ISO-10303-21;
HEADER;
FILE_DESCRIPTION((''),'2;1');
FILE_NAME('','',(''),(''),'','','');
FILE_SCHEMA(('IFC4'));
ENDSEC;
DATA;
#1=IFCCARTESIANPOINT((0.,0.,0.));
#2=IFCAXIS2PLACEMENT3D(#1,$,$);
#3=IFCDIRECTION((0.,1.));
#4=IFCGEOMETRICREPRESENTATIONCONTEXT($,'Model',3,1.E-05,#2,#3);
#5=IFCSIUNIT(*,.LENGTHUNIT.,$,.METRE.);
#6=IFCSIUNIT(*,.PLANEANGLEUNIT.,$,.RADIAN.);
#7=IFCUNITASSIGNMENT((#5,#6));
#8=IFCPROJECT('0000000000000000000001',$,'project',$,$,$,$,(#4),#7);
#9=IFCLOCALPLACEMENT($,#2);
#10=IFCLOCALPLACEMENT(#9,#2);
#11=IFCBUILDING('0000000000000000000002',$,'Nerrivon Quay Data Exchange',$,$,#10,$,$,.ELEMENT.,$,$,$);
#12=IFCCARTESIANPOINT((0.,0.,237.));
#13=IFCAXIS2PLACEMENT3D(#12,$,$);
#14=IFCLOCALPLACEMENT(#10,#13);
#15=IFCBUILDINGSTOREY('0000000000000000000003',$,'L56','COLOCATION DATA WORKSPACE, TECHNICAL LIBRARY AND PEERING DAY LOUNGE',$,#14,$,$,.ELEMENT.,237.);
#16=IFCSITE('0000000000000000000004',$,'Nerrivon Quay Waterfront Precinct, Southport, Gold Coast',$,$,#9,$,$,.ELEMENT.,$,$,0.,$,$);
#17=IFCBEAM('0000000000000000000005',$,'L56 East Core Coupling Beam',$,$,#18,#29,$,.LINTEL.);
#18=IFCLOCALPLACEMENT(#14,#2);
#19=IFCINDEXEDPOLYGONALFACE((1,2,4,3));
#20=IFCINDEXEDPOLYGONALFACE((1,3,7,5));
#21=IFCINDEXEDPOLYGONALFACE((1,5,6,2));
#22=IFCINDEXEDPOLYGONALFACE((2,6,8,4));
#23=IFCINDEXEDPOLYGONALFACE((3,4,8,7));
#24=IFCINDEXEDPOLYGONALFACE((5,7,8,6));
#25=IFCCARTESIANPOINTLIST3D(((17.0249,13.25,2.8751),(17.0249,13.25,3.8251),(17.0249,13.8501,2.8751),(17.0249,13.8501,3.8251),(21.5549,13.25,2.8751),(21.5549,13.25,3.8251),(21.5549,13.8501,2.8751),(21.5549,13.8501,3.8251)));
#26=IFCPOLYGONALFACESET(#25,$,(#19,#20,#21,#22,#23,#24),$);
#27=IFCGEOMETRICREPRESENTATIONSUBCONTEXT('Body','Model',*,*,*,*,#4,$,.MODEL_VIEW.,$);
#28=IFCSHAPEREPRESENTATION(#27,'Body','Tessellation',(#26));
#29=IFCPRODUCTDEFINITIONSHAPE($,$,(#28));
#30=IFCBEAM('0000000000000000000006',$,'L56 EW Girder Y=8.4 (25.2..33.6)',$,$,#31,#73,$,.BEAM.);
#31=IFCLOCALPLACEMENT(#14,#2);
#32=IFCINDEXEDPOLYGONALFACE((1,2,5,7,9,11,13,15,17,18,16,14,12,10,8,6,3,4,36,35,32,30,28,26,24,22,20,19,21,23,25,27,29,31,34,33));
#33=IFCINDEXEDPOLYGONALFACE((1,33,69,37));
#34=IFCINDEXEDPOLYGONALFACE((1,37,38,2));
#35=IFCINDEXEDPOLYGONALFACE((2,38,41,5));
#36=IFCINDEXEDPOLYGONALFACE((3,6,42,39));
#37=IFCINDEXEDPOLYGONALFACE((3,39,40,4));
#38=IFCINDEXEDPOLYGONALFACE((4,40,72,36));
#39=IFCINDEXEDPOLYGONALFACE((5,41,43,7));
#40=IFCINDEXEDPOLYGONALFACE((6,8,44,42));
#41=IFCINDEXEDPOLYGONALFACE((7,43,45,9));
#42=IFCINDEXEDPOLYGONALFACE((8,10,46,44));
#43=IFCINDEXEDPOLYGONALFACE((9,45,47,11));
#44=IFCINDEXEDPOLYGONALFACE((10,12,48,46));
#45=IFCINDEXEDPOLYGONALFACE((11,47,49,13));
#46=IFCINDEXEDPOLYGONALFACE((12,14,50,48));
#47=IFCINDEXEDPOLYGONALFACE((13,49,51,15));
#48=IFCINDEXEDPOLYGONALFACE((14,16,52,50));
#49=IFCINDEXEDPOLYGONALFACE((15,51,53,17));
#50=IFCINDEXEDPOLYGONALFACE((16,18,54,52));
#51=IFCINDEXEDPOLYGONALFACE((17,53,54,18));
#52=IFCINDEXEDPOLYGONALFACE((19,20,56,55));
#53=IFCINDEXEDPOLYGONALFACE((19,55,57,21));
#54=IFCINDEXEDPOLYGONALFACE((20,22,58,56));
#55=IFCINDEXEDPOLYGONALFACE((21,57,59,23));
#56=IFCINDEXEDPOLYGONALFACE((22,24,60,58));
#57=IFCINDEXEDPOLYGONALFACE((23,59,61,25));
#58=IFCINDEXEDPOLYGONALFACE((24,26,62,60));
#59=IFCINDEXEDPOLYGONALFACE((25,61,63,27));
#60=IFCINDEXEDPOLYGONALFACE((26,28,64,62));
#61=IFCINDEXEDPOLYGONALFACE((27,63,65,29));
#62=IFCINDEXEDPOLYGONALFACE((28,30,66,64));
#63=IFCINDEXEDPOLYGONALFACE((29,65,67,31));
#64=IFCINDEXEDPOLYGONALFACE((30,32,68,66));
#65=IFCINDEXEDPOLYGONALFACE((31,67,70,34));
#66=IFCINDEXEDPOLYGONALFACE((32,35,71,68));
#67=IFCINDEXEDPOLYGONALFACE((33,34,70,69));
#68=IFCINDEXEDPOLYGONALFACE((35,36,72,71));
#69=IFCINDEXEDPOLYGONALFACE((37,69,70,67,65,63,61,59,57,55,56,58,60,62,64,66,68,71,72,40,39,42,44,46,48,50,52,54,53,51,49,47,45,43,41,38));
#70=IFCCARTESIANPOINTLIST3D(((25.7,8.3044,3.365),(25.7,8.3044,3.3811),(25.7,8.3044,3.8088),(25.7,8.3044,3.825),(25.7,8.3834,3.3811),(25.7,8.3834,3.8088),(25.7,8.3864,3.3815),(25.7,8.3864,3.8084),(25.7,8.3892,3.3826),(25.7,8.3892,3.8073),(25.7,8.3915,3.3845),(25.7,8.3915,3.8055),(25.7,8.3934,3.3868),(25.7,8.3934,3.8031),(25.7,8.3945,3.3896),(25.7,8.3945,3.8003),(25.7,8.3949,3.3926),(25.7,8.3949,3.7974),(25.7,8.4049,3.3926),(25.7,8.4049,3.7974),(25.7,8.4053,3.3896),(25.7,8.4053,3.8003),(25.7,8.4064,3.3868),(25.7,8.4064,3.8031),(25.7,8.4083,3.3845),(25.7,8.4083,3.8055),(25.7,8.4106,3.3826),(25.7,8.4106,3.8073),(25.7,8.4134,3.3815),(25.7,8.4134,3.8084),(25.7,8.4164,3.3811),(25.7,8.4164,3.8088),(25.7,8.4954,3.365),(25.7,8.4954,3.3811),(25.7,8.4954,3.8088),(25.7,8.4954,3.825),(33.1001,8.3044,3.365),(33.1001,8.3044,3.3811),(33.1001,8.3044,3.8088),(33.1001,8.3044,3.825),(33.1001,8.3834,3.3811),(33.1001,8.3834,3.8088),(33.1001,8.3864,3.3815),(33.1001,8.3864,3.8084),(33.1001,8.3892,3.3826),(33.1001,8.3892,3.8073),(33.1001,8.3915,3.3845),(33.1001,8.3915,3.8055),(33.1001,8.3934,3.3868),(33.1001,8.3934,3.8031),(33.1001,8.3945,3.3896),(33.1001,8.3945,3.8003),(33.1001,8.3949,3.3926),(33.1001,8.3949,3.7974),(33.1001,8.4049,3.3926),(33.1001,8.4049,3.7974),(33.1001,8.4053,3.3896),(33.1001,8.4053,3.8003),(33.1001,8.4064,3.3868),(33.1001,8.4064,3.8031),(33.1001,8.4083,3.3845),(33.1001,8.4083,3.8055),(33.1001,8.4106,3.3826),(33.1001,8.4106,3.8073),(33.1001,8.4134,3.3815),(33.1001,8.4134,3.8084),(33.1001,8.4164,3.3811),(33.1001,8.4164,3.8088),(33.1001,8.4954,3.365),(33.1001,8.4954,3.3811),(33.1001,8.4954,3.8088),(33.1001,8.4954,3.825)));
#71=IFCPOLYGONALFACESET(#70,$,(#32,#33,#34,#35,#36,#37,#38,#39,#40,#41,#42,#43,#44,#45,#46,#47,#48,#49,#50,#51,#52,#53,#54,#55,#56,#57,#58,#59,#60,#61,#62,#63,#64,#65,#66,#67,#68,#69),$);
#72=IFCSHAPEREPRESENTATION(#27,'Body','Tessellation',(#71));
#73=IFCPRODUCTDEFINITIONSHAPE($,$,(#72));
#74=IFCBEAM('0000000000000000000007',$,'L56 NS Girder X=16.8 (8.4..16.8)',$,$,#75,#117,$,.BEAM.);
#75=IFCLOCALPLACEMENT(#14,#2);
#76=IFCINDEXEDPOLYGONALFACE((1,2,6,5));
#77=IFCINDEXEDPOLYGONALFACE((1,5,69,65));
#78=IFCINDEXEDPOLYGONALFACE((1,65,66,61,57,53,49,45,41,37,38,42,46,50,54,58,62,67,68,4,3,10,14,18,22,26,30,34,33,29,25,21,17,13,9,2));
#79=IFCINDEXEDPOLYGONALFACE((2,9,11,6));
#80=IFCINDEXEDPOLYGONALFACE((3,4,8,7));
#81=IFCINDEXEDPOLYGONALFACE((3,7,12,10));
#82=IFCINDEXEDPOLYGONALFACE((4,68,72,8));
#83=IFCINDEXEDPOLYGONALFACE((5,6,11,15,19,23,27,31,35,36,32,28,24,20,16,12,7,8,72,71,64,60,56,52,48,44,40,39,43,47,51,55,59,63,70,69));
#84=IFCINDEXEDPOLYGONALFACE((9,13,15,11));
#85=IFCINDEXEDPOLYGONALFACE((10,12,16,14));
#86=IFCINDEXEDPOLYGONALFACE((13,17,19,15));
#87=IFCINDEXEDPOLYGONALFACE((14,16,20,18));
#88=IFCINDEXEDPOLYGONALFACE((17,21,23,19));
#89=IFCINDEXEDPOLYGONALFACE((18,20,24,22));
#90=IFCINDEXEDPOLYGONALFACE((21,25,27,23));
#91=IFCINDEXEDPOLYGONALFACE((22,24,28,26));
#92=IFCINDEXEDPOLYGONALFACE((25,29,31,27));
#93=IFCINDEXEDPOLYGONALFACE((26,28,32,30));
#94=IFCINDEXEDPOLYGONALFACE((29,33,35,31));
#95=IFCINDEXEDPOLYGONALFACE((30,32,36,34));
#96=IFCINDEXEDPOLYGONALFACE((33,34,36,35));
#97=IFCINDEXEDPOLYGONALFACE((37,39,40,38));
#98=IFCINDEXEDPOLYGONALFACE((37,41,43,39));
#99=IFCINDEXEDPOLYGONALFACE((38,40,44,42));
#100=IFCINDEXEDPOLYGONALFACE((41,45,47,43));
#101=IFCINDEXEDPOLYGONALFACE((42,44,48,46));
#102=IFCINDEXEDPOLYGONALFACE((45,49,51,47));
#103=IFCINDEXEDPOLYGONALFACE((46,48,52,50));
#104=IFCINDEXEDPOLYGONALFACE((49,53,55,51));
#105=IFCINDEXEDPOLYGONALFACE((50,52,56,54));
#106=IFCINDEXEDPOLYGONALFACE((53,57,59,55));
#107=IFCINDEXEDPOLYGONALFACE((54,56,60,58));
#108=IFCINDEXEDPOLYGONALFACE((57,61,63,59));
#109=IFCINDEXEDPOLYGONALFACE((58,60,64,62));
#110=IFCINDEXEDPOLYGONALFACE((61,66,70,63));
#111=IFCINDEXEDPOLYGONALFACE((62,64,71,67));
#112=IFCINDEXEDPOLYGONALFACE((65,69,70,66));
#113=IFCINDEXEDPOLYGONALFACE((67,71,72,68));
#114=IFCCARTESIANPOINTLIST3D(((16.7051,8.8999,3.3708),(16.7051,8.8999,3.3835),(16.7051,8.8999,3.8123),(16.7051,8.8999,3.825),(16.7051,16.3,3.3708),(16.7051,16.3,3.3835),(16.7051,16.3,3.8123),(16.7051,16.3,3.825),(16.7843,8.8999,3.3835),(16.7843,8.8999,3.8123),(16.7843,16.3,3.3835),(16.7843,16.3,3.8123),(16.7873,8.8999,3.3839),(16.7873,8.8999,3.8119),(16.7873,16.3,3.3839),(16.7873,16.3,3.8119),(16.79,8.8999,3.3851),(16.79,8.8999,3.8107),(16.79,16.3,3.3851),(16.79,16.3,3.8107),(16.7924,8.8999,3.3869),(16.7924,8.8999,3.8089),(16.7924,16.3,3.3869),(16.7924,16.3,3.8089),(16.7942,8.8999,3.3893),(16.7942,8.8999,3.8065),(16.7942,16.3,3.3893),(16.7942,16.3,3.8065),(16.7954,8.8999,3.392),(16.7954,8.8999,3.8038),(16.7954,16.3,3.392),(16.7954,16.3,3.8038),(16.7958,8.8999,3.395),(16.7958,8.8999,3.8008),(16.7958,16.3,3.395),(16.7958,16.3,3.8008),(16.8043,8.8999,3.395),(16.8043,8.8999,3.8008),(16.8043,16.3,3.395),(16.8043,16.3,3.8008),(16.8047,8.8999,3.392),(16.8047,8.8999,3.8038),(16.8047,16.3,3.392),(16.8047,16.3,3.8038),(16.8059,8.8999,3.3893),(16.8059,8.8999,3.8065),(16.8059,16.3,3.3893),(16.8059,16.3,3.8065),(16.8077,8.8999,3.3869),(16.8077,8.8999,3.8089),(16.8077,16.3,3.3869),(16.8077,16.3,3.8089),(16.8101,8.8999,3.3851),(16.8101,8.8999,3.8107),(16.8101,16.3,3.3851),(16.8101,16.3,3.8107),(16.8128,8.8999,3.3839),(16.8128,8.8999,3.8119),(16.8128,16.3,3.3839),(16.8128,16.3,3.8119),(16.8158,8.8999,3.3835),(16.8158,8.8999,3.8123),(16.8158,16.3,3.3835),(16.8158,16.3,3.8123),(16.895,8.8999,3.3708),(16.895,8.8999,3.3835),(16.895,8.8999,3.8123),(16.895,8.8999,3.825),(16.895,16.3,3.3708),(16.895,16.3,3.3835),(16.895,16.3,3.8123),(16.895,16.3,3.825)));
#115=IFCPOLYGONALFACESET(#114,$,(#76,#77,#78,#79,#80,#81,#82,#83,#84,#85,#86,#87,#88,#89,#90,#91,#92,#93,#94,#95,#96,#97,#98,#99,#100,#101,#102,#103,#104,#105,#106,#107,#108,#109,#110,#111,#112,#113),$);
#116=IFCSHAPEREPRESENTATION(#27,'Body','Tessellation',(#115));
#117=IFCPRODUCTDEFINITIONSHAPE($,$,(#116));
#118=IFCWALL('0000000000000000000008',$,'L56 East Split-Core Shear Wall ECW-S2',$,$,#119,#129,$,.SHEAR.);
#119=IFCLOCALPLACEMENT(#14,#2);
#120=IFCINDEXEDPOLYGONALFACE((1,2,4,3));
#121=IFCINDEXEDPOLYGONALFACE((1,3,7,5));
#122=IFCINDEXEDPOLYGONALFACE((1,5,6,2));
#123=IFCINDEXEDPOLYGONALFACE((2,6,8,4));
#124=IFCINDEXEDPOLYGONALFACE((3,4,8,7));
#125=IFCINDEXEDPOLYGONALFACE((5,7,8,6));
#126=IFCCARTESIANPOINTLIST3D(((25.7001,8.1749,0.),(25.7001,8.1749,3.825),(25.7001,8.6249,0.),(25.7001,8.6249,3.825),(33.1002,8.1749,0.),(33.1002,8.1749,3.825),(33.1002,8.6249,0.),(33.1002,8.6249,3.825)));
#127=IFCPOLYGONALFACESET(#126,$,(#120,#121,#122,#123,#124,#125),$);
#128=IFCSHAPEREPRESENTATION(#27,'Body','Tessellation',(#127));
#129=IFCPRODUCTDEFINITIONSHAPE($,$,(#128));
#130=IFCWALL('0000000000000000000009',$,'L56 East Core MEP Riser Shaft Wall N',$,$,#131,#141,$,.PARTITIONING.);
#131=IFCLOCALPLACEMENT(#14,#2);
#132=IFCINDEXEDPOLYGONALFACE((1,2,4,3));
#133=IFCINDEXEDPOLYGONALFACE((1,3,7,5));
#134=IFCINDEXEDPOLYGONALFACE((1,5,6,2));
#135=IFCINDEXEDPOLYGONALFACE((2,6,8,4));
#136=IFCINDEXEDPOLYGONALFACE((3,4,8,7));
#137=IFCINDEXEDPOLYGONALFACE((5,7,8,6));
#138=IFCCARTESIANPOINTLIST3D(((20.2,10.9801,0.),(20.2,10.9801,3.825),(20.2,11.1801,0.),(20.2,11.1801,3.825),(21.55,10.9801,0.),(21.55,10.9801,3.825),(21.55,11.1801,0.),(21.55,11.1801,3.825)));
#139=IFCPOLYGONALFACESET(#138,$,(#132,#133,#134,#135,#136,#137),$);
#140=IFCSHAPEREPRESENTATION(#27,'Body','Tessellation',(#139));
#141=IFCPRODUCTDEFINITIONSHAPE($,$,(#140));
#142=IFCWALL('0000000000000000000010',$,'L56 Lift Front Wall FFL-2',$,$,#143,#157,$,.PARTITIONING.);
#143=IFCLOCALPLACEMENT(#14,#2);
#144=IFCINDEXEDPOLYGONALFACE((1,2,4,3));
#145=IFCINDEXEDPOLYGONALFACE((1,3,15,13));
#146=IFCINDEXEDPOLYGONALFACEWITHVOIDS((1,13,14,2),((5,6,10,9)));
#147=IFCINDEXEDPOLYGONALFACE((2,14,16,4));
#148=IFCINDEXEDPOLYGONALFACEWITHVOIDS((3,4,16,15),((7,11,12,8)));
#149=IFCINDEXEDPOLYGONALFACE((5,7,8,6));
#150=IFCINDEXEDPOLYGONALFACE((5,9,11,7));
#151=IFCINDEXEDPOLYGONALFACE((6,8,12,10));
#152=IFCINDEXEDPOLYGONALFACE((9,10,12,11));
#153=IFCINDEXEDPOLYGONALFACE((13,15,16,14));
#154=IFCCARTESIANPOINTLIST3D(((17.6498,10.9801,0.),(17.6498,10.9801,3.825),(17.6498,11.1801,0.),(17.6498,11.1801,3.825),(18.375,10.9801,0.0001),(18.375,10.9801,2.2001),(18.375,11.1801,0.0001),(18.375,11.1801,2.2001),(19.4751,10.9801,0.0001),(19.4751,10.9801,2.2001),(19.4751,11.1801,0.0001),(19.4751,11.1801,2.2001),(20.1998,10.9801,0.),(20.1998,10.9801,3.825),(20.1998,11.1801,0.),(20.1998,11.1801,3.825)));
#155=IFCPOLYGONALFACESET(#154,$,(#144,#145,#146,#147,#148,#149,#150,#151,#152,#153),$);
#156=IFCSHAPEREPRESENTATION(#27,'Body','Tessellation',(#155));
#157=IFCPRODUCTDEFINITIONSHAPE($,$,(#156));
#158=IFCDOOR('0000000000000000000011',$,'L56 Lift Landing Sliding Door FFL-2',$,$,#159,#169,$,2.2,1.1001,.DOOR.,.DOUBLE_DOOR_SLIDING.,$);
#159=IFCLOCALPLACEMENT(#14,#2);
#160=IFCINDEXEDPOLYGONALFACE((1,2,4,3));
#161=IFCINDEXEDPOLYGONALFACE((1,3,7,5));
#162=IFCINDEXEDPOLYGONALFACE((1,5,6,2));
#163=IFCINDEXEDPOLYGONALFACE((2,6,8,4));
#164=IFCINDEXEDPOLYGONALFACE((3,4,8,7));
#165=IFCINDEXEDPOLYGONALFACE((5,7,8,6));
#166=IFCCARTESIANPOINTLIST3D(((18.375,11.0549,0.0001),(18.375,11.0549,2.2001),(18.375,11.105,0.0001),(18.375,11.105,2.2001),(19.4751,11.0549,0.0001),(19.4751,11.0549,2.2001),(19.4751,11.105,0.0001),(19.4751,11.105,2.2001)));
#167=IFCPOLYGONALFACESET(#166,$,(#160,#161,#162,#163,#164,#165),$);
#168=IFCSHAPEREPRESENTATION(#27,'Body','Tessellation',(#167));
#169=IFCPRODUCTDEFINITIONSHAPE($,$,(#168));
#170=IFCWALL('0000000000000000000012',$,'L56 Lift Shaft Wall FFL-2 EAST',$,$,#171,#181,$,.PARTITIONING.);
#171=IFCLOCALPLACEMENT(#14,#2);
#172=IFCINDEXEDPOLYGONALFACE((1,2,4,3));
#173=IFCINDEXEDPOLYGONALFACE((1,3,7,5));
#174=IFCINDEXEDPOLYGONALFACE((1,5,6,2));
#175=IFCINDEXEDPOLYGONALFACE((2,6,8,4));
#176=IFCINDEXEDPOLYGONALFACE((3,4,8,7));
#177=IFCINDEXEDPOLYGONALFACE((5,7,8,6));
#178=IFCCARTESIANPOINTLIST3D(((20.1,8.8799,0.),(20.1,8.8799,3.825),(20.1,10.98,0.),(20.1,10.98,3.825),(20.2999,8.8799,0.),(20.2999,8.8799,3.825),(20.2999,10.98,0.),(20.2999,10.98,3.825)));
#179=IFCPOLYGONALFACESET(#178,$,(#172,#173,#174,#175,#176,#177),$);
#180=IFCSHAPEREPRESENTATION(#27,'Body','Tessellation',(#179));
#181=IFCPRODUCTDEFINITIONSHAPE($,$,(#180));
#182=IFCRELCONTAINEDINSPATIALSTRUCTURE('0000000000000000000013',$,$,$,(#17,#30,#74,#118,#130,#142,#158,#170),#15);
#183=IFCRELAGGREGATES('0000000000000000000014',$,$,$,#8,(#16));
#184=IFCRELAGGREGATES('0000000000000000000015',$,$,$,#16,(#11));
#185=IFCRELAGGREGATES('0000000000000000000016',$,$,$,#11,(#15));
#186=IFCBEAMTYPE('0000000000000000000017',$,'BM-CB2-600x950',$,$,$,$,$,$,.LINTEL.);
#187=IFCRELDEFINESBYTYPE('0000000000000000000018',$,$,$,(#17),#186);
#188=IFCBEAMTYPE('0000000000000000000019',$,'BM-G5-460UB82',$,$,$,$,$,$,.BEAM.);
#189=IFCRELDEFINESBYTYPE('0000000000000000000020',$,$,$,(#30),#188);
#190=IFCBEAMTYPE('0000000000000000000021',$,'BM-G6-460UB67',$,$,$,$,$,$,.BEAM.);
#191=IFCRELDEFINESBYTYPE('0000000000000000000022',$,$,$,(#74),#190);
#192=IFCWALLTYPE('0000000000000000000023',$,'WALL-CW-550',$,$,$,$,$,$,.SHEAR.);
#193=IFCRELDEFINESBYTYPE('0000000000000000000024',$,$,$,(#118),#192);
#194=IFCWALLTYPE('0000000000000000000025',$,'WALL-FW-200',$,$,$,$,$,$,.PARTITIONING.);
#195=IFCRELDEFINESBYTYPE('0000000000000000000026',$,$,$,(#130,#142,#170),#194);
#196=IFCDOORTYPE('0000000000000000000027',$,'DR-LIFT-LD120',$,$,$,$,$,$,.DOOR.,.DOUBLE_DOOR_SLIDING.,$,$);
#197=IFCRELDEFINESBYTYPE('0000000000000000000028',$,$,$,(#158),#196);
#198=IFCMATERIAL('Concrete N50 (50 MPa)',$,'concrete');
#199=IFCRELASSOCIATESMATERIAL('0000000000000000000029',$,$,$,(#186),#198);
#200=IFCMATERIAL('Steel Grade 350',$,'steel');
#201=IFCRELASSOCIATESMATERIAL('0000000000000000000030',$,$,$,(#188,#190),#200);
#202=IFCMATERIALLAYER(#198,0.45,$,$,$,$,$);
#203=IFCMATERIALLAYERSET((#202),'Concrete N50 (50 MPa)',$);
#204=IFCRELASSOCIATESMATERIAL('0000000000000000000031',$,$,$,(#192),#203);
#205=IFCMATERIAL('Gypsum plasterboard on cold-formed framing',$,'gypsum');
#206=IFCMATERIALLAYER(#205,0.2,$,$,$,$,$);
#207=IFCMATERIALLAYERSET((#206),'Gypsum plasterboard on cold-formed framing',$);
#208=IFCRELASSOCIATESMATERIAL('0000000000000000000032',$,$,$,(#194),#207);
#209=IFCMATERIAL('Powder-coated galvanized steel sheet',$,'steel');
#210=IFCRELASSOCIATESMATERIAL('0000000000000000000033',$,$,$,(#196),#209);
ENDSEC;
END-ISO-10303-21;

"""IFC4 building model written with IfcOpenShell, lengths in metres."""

from ifc_helpers import new_model, si_unit, direction, frame, frame_2d, origin, origin_2d, place, context, subcontext, project, spatial, rectangle, i_section, extrude, material, layer, layer_set, material_profile, profile_set, type_object, element, fill, save


model = new_model("IFC4")

# Units and contexts
model_context = context("Model", 3, precision=1e-05, world=origin(), true_north=direction((0.0, 1.0)))
body_context = subcontext(model_context, "Body", "Model", "MODEL_VIEW")
ifc_project = project(units=[si_unit("LENGTHUNIT", "METRE"), si_unit("PLANEANGLEUNIT", "RADIAN")], contexts=[model_context])

# Site, building, storey
site_placement = place(None, origin())
site = spatial("IfcSite", under=ifc_project, at=site_placement, Name="Nerrivon Quay Waterfront Precinct, Southport, Gold Coast", CompositionType="ELEMENT", RefElevation=0.0)
building_placement = place(site_placement, origin())
building = spatial("IfcBuilding", under=site, at=building_placement, Name="Nerrivon Quay Data Exchange", CompositionType="ELEMENT")
storey_placement = place(building_placement, frame((0.0, 0.0, 237.0)))
storey = spatial("IfcBuildingStorey", under=building, at=storey_placement, Name="L56", Description="COLOCATION DATA WORKSPACE, TECHNICAL LIBRARY AND PEERING DAY LOUNGE", CompositionType="ELEMENT", Elevation=237.0)

# Beams
ifc_material_1 = material(Name="Concrete N50 (50 MPa)", Category="concrete")
ifc_material_profile_1 = material_profile(ifc_material_1, rectangle(XDim=0.6001, YDim=0.95, at=origin_2d()), Name="RC-CB-600x950")
ifc_profile_set_1 = profile_set([ifc_material_profile_1], Name="Concrete N50 (50 MPa)")
beam_type_1 = type_object("IfcBeamType", Name="BM-CB2-600x950", PredefinedType="LINTEL", material=ifc_profile_set_1)
beam_1_placement = place(storey_placement, frame((17.0249, 13.55, 3.3501), z_axis=(1.0, 0.0, 0.0), x_axis=(0.0, 1.0, 0.0)))
element("IfcBeam", 1, at=beam_1_placement, inside=storey, type_object=beam_type_1, Name="L56 East Core Coupling Beam", PredefinedType="LINTEL", context=body_context, shape_type="SweptSolid", body=[
    extrude(rectangle(XDim=0.6001, YDim=0.95, at=origin_2d()), origin(), (0.0, 0.0, 1.0), 4.53),
])
ifc_material_2 = material(Name="Steel Grade 350", Category="steel")
ifc_material_profile_2 = material_profile(ifc_material_2, i_section(OverallWidth=0.1909, OverallDepth=0.46, WebThickness=0.01, FlangeThickness=0.0161, FilletRadius=0.0115, at=origin_2d()), Name="460UB82.1")
ifc_profile_set_2 = profile_set([ifc_material_profile_2], Name="Steel Grade 350")
beam_type_2 = type_object("IfcBeamType", Name="BM-G5-460UB82", PredefinedType="BEAM", material=ifc_profile_set_2)
beam_2_placement = place(storey_placement, frame((25.7, 8.3999, 3.595), z_axis=(1.0, 0.0, 0.0), x_axis=(0.0, 1.0, 0.0)))
element("IfcBeam", 2, at=beam_2_placement, inside=storey, type_object=beam_type_2, Name="L56 EW Girder Y=8.4 (25.2..33.6)", PredefinedType="BEAM", context=body_context, shape_type="SweptSolid", body=[
    extrude(i_section(OverallWidth=0.1909, OverallDepth=0.46, WebThickness=0.01, FlangeThickness=0.0161, FilletRadius=0.0115, at=origin_2d()), origin(), (0.0, 0.0, 1.0), 7.4001),
])
ifc_material_profile_3 = material_profile(ifc_material_2, i_section(OverallWidth=0.1899, OverallDepth=0.4541, WebThickness=0.0085, FlangeThickness=0.0127, FilletRadius=0.0115, at=origin_2d()), Name="460UB67.1")
ifc_profile_set_3 = profile_set([ifc_material_profile_3], Name="Steel Grade 350")
beam_type_3 = type_object("IfcBeamType", Name="BM-G6-460UB67", PredefinedType="BEAM", material=ifc_profile_set_3)
beam_3_placement = place(storey_placement, frame((16.8, 8.8999, 3.5979), z_axis=(0.0, 1.0, 0.0), x_axis=(-1.0, 0.0, 0.0)))
element("IfcBeam", 3, at=beam_3_placement, inside=storey, type_object=beam_type_3, Name="L56 NS Girder X=16.8 (8.4..16.8)", PredefinedType="BEAM", context=body_context, shape_type="SweptSolid", body=[
    extrude(i_section(OverallWidth=0.1899, OverallDepth=0.4541, WebThickness=0.0085, FlangeThickness=0.0127, FilletRadius=0.0115, at=origin_2d()), origin(), (0.0, 0.0, 1.0), 7.4001),
])

# Wall
ifc_layer_1 = layer(ifc_material_1, 0.45)
ifc_layer_set_1 = layer_set([ifc_layer_1], Name="Concrete N50 (50 MPa)")
wall_type_1 = type_object("IfcWallType", Name="WALL-CW-550", PredefinedType="SHEAR", material=ifc_layer_set_1)
wall_1_placement = place(storey_placement, frame((25.7, 8.3999, 0.0), z_axis=(0.0, 0.0, 1.0), x_axis=(1.0, 0.0, 0.0)))
element("IfcWall", 4, at=wall_1_placement, inside=storey, type_object=wall_type_1, Name="L56 East Split-Core Shear Wall ECW-S2", PredefinedType="SHEAR", context=body_context, shape_type="SweptSolid", body=[
    extrude(rectangle(XDim=7.4001, YDim=0.45, at=frame_2d((3.7002, 0.0))), origin(), (0.0, 0.0, 1.0), 3.825),
])

# Shared definitions
ifc_material_3 = material(Name="Powder-coated galvanized steel sheet", Category="steel")

# Wall
ifc_material_4 = material(Name="Gypsum plasterboard on cold-formed framing", Category="gypsum")
ifc_layer_2 = layer(ifc_material_4, 0.2)
ifc_layer_set_2 = layer_set([ifc_layer_2], Name="Gypsum plasterboard on cold-formed framing")
wall_type_2 = type_object("IfcWallType", Name="WALL-FW-200", PredefinedType="PARTITIONING", material=ifc_layer_set_2)
wall_2_placement = place(storey_placement, frame((20.2, 11.0801, 0.0), z_axis=(0.0, 0.0, 1.0), x_axis=(1.0, 0.0, 0.0)))
element("IfcWall", 5, at=wall_2_placement, inside=storey, type_object=wall_type_2, Name="L56 East Core MEP Riser Shaft Wall N", PredefinedType="PARTITIONING", context=body_context, shape_type="SweptSolid", body=[
    extrude(rectangle(XDim=1.3501, YDim=0.2, at=frame_2d((0.675, 0.0))), origin(), (0.0, 0.0, 1.0), 3.825),
])

# Wall, opening, door
wall_3_placement = place(storey_placement, frame((17.6499, 11.0801, 0.0), z_axis=(0.0, 0.0, 1.0), x_axis=(1.0, 0.0, 0.0)))
wall_3 = element("IfcWall", 6, at=wall_3_placement, inside=storey, type_object=wall_type_2, Name="L56 Lift Front Wall FFL-2", PredefinedType="PARTITIONING", context=body_context, shape_type="SweptSolid", body=[
    extrude(rectangle(XDim=2.55, YDim=0.2, at=frame_2d((1.2749, 0.0))), origin(), (0.0, 0.0, 1.0), 3.825),
])
opening_1_placement = place(wall_3_placement, frame((0.7251, 0.0, 0.0)))
opening_1 = element("IfcOpeningElement", 7, at=opening_1_placement, cuts=wall_3, PredefinedType="OPENING", context=body_context, shape_type="SweptSolid", body=[
    extrude(rectangle(XDim=1.1001, YDim=2.2, at=frame_2d((0.55, 1.1001))), frame((0.0, 0.1099, 0.0), z_axis=(0.0, -1.0, 0.0), x_axis=(1.0, 0.0, 0.0)), (0.0, 0.0, 1.0), 0.22),
])
door_type_1 = type_object("IfcDoorType", Name="DR-LIFT-LD120", OperationType="DOUBLE_DOOR_SLIDING", PredefinedType="DOOR", material=ifc_material_3)
door_1_placement = place(opening_1_placement, origin())
door_1 = element("IfcDoor", 8, at=door_1_placement, inside=storey, type_object=door_type_1, Name="L56 Lift Landing Sliding Door FFL-2", OperationType="DOUBLE_DOOR_SLIDING", OverallHeight=2.2, OverallWidth=1.1001, PredefinedType="DOOR", context=body_context, shape_type="SweptSolid", body=[
    extrude(rectangle(XDim=1.1001, YDim=2.2, at=frame_2d((0.55, 1.1001))), frame((0.0, 0.0249, 0.0), z_axis=(0.0, -1.0, 0.0), x_axis=(1.0, 0.0, 0.0)), (0.0, 0.0, 1.0), 0.05),
])
fill(opening_1, door_1)

# Wall
for number, where, z_axis, x_axis, name in (
    (9, (20.2, 8.8799, 0.0), (0.0, 0.0, 1.0), (0.0, 1.0, 0.0), "L56 Lift Shaft Wall FFL-2 EAST"),
):
    element("IfcWall", number, at=place(storey_placement, frame(where, z_axis=z_axis, x_axis=x_axis)), inside=storey, type_object=wall_type_2, Name=name, PredefinedType="PARTITIONING", context=body_context, shape_type="SweptSolid", body=[
        extrude(rectangle(XDim=2.1001, YDim=0.2, at=frame_2d((1.05, 0.0))), origin(), (0.0, 0.0, 1.0), 3.825),
    ])

save(model, "model.ifc")
